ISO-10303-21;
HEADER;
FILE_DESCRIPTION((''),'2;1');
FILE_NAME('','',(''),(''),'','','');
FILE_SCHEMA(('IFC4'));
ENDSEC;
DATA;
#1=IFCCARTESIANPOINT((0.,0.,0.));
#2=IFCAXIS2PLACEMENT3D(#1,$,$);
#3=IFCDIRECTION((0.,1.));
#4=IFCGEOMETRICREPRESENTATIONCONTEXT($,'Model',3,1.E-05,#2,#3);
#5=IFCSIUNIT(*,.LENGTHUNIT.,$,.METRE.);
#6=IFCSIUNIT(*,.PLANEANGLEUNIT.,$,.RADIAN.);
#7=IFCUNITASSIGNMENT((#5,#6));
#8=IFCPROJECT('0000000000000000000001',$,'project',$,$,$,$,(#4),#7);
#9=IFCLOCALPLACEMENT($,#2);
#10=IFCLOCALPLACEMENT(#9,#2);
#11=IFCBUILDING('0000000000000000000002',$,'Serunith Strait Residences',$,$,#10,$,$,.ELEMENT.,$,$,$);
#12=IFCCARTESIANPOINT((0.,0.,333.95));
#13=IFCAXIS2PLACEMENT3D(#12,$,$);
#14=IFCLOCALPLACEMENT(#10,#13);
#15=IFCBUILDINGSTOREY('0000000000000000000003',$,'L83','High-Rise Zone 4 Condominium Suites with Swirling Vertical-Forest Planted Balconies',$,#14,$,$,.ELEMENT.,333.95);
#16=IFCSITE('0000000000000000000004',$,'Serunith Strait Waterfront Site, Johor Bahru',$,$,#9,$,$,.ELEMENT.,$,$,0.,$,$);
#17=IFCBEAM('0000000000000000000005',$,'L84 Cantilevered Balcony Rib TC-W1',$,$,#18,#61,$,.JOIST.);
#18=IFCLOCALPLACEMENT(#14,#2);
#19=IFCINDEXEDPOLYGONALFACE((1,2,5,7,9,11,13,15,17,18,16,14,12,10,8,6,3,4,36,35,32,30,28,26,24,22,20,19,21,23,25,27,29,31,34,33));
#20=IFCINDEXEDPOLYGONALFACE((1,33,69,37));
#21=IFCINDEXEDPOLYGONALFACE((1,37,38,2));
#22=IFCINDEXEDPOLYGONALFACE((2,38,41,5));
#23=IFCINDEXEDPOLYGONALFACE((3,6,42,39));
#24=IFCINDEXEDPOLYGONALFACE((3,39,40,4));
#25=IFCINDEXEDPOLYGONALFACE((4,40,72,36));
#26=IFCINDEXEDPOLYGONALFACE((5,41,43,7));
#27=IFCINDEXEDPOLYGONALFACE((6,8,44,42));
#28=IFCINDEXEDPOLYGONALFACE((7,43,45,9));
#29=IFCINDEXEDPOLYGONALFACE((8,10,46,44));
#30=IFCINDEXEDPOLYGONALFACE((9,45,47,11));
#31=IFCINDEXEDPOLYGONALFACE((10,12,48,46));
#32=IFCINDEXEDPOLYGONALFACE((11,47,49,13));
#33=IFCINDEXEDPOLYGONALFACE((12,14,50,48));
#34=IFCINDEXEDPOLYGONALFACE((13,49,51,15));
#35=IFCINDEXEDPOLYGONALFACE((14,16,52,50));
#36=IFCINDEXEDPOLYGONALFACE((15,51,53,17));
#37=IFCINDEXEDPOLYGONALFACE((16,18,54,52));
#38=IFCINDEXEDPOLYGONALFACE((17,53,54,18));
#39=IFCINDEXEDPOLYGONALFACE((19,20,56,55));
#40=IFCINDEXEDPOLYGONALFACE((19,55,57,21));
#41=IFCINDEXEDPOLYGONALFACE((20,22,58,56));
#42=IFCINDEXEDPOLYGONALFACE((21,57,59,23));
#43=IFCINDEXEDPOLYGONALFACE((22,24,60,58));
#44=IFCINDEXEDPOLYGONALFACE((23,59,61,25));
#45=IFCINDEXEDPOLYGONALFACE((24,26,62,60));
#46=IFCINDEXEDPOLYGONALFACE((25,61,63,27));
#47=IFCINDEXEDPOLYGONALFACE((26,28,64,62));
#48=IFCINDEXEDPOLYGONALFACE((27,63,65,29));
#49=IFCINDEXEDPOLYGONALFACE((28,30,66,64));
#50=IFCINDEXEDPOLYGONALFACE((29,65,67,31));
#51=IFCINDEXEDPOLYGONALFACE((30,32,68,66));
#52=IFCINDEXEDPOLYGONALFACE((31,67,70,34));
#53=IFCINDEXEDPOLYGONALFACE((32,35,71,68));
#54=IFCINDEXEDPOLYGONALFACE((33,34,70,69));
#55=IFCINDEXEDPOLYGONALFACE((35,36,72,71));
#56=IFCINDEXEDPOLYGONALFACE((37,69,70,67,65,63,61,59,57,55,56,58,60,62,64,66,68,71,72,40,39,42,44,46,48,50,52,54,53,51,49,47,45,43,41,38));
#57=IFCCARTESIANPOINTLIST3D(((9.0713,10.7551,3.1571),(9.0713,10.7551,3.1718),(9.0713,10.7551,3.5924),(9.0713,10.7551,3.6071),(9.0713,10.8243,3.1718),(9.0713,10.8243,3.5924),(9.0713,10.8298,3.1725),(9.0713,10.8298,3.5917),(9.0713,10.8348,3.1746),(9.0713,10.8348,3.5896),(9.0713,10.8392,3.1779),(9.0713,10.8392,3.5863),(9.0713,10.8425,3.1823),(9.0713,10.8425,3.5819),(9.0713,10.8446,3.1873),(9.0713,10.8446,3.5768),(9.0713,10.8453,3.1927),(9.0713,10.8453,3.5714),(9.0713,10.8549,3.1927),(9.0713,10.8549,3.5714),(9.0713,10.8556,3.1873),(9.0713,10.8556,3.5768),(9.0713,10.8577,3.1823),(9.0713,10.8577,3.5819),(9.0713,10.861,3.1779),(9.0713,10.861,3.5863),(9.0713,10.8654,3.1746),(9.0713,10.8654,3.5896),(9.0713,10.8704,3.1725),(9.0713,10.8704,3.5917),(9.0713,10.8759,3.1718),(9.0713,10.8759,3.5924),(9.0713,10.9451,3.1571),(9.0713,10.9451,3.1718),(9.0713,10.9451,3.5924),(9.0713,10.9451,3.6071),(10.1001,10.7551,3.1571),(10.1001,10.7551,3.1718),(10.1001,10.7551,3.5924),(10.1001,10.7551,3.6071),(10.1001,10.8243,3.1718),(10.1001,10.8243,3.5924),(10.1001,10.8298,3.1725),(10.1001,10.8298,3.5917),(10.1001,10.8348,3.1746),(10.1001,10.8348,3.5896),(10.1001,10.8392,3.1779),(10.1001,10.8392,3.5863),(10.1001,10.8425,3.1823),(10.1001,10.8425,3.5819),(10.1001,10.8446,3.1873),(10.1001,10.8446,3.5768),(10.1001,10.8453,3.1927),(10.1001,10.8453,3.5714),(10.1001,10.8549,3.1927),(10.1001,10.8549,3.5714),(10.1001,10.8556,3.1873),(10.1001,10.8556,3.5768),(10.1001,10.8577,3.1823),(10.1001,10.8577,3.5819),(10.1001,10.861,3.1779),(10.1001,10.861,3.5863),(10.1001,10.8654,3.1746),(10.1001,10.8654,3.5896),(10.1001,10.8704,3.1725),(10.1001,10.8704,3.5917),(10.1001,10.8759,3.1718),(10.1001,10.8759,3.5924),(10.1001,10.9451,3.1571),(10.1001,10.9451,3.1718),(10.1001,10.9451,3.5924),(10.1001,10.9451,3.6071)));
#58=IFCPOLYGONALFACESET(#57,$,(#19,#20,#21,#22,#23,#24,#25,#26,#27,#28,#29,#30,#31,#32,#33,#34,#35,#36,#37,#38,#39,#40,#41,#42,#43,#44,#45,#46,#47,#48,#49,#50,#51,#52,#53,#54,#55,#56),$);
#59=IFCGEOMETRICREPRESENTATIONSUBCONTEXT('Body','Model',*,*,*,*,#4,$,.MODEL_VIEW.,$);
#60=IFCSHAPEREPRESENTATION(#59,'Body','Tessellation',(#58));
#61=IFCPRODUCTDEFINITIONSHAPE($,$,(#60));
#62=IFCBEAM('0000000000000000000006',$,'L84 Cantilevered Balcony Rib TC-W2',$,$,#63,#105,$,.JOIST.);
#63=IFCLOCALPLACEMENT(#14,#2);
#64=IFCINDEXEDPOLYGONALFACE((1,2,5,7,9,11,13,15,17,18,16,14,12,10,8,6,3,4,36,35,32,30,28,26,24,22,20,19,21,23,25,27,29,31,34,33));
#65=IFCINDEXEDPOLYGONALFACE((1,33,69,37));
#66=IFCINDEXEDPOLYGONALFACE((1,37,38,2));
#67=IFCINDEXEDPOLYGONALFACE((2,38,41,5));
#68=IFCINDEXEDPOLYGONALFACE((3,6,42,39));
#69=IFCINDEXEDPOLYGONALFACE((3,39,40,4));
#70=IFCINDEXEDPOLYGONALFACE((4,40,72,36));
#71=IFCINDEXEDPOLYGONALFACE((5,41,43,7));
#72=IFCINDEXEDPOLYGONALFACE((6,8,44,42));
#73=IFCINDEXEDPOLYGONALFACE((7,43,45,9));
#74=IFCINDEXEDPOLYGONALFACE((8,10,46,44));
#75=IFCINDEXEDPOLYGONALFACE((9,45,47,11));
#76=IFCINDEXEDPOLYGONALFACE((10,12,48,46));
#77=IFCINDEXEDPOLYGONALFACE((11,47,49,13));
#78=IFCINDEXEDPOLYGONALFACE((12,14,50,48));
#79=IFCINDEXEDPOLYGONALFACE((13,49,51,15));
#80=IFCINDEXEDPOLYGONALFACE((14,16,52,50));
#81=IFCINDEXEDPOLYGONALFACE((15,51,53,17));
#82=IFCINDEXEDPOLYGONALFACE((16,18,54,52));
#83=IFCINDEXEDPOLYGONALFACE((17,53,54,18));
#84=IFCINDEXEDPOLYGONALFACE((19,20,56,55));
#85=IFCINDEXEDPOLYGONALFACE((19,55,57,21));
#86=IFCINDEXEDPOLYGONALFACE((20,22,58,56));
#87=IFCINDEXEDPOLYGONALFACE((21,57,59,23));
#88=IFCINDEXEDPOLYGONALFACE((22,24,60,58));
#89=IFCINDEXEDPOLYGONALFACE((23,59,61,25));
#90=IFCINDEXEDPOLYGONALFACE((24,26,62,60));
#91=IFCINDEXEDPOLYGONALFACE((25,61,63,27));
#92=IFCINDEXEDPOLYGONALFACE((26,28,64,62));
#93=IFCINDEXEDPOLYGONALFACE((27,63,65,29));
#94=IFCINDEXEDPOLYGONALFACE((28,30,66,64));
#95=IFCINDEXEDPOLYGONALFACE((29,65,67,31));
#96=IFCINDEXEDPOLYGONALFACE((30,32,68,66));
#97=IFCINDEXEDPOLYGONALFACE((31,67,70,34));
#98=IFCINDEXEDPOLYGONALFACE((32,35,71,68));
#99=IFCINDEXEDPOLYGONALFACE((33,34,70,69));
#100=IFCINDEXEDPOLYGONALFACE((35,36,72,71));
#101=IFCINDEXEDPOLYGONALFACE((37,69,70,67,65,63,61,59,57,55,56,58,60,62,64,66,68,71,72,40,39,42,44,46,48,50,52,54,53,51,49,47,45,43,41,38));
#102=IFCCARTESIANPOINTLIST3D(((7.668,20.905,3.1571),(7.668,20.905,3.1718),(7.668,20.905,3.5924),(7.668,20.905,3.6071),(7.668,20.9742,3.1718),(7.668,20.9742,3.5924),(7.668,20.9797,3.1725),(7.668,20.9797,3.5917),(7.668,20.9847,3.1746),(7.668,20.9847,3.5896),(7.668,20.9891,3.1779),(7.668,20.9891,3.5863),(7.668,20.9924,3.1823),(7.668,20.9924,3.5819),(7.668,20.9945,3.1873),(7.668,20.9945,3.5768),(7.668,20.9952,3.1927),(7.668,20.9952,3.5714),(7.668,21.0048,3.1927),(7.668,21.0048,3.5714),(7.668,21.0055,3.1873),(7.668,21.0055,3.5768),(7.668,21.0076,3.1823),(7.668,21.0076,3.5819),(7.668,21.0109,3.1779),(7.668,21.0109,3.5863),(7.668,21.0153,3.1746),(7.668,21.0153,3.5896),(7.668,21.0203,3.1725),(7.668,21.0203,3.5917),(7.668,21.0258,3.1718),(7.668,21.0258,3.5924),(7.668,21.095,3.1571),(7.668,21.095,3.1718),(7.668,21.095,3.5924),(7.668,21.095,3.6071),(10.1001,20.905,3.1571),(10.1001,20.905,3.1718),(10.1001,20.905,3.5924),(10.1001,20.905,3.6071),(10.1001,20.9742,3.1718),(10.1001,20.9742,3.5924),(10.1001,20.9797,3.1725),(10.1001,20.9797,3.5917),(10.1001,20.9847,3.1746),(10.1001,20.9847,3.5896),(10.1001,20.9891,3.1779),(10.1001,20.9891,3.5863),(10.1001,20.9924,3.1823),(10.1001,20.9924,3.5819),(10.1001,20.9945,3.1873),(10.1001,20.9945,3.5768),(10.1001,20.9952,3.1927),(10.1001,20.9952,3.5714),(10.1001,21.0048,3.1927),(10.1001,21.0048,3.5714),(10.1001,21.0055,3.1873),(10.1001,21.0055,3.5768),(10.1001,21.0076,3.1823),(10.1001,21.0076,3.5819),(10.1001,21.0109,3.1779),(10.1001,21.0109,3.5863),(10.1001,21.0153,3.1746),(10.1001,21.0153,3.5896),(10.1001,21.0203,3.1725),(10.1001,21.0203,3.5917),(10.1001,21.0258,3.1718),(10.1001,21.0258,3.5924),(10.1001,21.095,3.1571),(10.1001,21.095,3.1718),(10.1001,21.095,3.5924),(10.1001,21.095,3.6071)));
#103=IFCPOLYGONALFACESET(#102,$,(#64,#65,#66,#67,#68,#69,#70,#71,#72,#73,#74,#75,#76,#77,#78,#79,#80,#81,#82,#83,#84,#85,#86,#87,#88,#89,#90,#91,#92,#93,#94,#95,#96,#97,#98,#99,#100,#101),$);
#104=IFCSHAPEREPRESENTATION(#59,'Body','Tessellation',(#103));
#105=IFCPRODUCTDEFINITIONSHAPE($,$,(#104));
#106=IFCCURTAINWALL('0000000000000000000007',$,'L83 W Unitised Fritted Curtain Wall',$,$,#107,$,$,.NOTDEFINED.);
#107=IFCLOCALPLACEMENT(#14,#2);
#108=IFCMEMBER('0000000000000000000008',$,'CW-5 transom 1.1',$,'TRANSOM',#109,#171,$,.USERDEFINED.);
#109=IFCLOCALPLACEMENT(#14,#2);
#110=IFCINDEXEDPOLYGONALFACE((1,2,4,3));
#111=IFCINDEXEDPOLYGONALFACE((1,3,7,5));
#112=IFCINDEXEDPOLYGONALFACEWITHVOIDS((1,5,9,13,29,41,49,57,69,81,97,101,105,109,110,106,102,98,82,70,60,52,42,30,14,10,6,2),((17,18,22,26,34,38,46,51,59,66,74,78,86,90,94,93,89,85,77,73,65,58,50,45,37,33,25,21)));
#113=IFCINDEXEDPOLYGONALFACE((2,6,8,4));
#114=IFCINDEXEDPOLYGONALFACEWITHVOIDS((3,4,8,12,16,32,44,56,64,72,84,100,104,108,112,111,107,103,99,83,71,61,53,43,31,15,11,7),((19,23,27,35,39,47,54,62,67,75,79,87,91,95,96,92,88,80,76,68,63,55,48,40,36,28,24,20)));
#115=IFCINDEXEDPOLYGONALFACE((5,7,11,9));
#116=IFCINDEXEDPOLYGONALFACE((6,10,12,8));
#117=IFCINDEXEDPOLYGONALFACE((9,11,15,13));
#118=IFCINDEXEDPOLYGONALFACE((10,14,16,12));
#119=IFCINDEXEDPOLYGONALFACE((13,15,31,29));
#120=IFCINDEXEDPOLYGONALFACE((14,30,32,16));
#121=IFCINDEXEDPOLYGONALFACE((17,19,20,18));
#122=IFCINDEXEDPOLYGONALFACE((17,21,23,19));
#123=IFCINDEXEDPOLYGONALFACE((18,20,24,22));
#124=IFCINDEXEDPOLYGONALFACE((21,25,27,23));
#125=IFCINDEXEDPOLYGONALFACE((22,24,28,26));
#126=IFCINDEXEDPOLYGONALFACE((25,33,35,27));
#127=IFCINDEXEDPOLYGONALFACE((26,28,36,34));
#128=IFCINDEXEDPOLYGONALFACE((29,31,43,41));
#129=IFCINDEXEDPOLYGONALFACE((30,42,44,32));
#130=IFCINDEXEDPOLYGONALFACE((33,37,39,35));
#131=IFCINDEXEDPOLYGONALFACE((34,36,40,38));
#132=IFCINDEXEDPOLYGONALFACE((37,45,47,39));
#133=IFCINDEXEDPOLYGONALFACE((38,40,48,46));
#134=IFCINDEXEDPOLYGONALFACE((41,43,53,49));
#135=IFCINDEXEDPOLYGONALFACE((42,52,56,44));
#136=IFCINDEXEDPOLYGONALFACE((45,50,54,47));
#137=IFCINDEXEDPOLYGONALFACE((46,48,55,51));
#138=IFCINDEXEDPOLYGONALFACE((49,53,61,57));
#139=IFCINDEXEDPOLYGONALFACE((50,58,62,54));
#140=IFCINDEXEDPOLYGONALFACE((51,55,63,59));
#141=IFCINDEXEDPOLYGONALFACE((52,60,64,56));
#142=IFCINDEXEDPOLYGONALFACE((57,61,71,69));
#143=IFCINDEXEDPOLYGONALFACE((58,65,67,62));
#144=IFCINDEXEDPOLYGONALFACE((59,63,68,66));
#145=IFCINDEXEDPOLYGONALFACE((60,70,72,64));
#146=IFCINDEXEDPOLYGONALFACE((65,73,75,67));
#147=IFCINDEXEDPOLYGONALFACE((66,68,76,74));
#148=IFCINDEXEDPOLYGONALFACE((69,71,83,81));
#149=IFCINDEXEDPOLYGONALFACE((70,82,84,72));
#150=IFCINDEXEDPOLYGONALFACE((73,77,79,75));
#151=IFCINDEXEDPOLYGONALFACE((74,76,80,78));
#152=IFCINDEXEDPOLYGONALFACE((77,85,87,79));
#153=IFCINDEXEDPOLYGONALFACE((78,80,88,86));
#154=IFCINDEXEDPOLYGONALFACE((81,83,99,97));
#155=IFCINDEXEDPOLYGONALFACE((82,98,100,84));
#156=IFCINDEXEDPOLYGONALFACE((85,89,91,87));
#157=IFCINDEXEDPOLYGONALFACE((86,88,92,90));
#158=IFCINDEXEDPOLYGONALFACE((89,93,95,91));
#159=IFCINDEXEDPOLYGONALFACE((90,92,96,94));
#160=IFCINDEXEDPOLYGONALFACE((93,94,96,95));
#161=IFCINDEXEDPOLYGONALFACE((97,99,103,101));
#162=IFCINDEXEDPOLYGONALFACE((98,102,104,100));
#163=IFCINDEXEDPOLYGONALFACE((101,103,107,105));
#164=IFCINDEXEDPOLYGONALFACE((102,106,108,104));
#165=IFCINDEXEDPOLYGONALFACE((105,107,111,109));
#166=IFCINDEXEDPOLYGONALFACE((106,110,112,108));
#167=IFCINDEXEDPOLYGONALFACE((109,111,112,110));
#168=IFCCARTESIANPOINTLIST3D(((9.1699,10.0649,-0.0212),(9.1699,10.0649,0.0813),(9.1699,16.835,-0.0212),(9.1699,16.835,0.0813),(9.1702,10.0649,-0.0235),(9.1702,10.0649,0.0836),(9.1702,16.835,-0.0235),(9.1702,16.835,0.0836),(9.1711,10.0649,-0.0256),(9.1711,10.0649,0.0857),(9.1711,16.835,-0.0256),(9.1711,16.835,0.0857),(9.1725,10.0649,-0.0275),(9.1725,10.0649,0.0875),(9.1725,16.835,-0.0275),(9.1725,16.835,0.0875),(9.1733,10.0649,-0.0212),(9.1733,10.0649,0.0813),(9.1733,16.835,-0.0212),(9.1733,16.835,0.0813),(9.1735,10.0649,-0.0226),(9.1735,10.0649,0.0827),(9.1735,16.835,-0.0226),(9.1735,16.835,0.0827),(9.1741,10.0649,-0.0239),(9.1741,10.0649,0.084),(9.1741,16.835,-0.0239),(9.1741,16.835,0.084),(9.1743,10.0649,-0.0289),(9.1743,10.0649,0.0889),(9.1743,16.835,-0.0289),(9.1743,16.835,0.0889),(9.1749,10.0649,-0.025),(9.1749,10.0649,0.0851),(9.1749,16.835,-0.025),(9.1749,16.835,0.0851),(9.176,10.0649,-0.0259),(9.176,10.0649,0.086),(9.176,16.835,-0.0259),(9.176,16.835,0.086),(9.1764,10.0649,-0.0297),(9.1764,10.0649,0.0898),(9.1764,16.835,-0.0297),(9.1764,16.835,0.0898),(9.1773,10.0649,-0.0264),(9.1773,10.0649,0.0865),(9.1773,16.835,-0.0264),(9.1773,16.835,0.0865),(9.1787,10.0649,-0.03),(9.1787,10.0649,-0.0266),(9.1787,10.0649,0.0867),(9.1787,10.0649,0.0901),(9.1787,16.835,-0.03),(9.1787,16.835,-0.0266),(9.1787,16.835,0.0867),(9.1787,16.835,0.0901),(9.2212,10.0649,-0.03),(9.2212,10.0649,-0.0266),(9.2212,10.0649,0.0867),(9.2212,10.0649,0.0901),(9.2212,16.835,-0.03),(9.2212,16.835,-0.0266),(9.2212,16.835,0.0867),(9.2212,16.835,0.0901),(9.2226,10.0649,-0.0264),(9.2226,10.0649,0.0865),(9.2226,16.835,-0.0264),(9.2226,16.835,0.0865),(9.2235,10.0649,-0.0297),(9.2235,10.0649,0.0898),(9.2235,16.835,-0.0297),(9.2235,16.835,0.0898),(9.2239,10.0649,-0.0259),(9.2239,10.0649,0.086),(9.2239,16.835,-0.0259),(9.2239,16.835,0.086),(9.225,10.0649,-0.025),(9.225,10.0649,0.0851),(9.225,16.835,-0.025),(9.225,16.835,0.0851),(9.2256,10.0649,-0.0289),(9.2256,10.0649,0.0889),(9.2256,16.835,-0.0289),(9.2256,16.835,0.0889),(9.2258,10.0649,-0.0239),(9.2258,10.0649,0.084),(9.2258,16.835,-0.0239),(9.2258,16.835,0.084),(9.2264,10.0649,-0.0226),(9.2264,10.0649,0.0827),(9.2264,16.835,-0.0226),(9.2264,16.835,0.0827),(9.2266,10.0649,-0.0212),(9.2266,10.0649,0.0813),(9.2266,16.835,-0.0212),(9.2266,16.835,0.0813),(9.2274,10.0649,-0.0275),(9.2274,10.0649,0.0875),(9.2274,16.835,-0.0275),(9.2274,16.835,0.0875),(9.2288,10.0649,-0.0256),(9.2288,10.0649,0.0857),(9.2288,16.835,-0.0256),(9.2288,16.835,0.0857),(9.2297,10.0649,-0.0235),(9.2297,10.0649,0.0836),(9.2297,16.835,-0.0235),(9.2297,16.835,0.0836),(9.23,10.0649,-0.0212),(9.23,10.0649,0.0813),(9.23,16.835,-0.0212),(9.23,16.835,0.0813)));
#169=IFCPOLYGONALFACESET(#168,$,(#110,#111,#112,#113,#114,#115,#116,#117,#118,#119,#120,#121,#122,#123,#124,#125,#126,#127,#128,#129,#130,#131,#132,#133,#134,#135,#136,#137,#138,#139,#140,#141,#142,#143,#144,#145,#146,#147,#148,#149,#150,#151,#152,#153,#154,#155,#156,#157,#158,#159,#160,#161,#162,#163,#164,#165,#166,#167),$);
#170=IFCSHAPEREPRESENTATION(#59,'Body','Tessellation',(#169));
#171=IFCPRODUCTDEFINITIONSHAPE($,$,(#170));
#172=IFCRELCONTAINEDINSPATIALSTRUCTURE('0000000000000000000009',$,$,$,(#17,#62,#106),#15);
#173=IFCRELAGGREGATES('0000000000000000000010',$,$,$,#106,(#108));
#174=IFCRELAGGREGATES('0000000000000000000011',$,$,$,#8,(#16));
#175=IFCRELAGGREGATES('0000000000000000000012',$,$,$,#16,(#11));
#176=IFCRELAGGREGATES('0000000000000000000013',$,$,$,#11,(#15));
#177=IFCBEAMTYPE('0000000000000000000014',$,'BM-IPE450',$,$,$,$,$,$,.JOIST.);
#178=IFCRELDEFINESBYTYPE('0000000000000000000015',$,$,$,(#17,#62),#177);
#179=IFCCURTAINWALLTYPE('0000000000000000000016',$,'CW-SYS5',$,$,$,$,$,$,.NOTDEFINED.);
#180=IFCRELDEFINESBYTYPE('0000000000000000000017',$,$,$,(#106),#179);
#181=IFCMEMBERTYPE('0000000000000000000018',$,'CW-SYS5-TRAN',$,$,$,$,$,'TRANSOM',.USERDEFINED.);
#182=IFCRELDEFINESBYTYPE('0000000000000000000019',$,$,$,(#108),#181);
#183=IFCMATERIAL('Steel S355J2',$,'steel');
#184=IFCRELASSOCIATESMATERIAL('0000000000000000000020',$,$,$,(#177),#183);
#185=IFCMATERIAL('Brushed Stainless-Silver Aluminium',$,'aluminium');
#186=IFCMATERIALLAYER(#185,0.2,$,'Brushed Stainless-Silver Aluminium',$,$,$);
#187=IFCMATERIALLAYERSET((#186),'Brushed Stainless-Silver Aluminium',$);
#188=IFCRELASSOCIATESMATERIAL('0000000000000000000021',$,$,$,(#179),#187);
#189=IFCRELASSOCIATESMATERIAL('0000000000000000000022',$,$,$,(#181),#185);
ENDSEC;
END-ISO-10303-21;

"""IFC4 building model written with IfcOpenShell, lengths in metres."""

from ifc_helpers import new_model, si_unit, direction, frame, origin, origin_2d, place, context, subcontext, project, spatial, hollow_rectangle, i_section, extrude, source, transform, mapped, material, layer, layer_set, material_profile, profile_set, type_object, element, aggregate, save


model = new_model("IFC4")

# Units and contexts
model_context = context("Model", 3, precision=1e-05, world=origin(), true_north=direction((0.0, 1.0)))
body_context = subcontext(model_context, "Body", "Model", "MODEL_VIEW")
ifc_project = project(units=[si_unit("LENGTHUNIT", "METRE"), si_unit("PLANEANGLEUNIT", "RADIAN")], contexts=[model_context])

# Site, building, storey
site_placement = place(None, origin())
site = spatial("IfcSite", under=ifc_project, at=site_placement, Name="Serunith Strait Waterfront Site, Johor Bahru", CompositionType="ELEMENT", RefElevation=0.0)
building_placement = place(site_placement, origin())
building = spatial("IfcBuilding", under=site, at=building_placement, Name="Serunith Strait Residences", CompositionType="ELEMENT")
storey_placement = place(building_placement, frame((0.0, 0.0, 333.95)))
storey = spatial("IfcBuildingStorey", under=building, at=storey_placement, Name="L83", Description="High-Rise Zone 4 Condominium Suites with Swirling Vertical-Forest Planted Balconies", CompositionType="ELEMENT", Elevation=333.95)

# Beams
ifc_material_1 = material(Name="Steel S355J2", Category="steel")
ifc_material_profile_1 = material_profile(ifc_material_1, i_section(OverallWidth=0.1899, OverallDepth=0.45, WebThickness=0.0095, FlangeThickness=0.0146, FilletRadius=0.021, at=origin_2d()), Name="IPE 450")
ifc_profile_set_1 = profile_set([ifc_material_profile_1], Name="Steel S355J2")
beam_type_1 = type_object("IfcBeamType", Name="BM-IPE450", PredefinedType="JOIST", material=ifc_profile_set_1)
shared_shape_1 = source(origin(), body_context, "Body", "SweptSolid", [
    extrude(i_section(OverallWidth=0.1899, OverallDepth=0.45, WebThickness=0.0095, FlangeThickness=0.0146, FilletRadius=0.021, at=origin_2d()), origin(), (0.0, 0.0, 1.0), 1.0288),
])
beam_1_placement = place(storey_placement, frame((10.1001, 10.8501, 3.3821), z_axis=(-1.0, 0.0, 0.0), x_axis=(0.0, -1.0, 0.0)))
element("IfcBeam", 1, at=beam_1_placement, inside=storey, type_object=beam_type_1, Name="L84 Cantilevered Balcony Rib TC-W1", PredefinedType="JOIST", context=body_context, shape_type="MappedRepresentation", body=[
    mapped(shared_shape_1, transform((0.0, 0.0, 0.0), scale=1.0)),
])
shared_shape_2 = source(origin(), body_context, "Body", "SweptSolid", [
    extrude(i_section(OverallWidth=0.1899, OverallDepth=0.45, WebThickness=0.0095, FlangeThickness=0.0146, FilletRadius=0.021, at=origin_2d()), origin(), (0.0, 0.0, 1.0), 2.4321),
])
beam_2_placement = place(storey_placement, frame((10.1001, 21.0, 3.3821), z_axis=(-1.0, 0.0, 0.0), x_axis=(0.0, -1.0, 0.0)))
element("IfcBeam", 2, at=beam_2_placement, inside=storey, type_object=beam_type_1, Name="L84 Cantilevered Balcony Rib TC-W2", PredefinedType="JOIST", context=body_context, shape_type="MappedRepresentation", body=[
    mapped(shared_shape_2, transform((0.0, 0.0, 0.0), scale=1.0)),
])

# Curtain wall, member
ifc_material_2 = material(Name="Brushed Stainless-Silver Aluminium", Category="aluminium")
ifc_layer_1 = layer(ifc_material_2, 0.2, Name="Brushed Stainless-Silver Aluminium")
ifc_layer_set_1 = layer_set([ifc_layer_1], Name="Brushed Stainless-Silver Aluminium")
curtain_wall_type = type_object("IfcCurtainWallType", Name="CW-SYS5", PredefinedType="NOTDEFINED", material=ifc_layer_set_1)
curtain_wall_1_placement = place(storey_placement, origin())
curtain_wall_1 = element("IfcCurtainWall", 3, at=curtain_wall_1_placement, inside=storey, type_object=curtain_wall_type, Name="L83 W Unitised Fritted Curtain Wall", PredefinedType="NOTDEFINED")
ifc_material_profile_2 = material_profile(ifc_material_2, hollow_rectangle(XDim=0.0601, YDim=0.1201, WallThickness=0.0034, InnerFilletRadius=0.0054, OuterFilletRadius=0.0088, at=origin_2d()), Name="ALU 120x60x3.5")
ifc_profile_set_2 = profile_set([ifc_material_profile_2], Name="Brushed Stainless-Silver Aluminium")
member_type_1 = type_object("IfcMemberType", Name="CW-SYS5-TRAN", ElementType="TRANSOM", PredefinedType="USERDEFINED", material=ifc_profile_set_2)
shared_shape_3 = source(origin(), body_context, "Body", "SweptSolid", [
    extrude(hollow_rectangle(XDim=0.0601, YDim=0.1201, WallThickness=0.0034, InnerFilletRadius=0.0054, OuterFilletRadius=0.0088, at=origin_2d()), origin(), (0.0, 0.0, 1.0), 6.77),
])
member_1_placement = place(storey_placement, frame((9.2, 16.835, 0.03), z_axis=(0.0, -1.0, 0.0), x_axis=(1.0, 0.0, 0.0)))
member_1 = element("IfcMember", 4, at=member_1_placement, type_object=member_type_1, Name="CW-5 transom 1.1", ObjectType="TRANSOM", PredefinedType="USERDEFINED", context=body_context, shape_type="MappedRepresentation", body=[
    mapped(shared_shape_3, transform((0.0, 0.0, 0.0), scale=1.0)),
])

aggregate(curtain_wall_1, [member_1])

save(model, "model.ifc")
